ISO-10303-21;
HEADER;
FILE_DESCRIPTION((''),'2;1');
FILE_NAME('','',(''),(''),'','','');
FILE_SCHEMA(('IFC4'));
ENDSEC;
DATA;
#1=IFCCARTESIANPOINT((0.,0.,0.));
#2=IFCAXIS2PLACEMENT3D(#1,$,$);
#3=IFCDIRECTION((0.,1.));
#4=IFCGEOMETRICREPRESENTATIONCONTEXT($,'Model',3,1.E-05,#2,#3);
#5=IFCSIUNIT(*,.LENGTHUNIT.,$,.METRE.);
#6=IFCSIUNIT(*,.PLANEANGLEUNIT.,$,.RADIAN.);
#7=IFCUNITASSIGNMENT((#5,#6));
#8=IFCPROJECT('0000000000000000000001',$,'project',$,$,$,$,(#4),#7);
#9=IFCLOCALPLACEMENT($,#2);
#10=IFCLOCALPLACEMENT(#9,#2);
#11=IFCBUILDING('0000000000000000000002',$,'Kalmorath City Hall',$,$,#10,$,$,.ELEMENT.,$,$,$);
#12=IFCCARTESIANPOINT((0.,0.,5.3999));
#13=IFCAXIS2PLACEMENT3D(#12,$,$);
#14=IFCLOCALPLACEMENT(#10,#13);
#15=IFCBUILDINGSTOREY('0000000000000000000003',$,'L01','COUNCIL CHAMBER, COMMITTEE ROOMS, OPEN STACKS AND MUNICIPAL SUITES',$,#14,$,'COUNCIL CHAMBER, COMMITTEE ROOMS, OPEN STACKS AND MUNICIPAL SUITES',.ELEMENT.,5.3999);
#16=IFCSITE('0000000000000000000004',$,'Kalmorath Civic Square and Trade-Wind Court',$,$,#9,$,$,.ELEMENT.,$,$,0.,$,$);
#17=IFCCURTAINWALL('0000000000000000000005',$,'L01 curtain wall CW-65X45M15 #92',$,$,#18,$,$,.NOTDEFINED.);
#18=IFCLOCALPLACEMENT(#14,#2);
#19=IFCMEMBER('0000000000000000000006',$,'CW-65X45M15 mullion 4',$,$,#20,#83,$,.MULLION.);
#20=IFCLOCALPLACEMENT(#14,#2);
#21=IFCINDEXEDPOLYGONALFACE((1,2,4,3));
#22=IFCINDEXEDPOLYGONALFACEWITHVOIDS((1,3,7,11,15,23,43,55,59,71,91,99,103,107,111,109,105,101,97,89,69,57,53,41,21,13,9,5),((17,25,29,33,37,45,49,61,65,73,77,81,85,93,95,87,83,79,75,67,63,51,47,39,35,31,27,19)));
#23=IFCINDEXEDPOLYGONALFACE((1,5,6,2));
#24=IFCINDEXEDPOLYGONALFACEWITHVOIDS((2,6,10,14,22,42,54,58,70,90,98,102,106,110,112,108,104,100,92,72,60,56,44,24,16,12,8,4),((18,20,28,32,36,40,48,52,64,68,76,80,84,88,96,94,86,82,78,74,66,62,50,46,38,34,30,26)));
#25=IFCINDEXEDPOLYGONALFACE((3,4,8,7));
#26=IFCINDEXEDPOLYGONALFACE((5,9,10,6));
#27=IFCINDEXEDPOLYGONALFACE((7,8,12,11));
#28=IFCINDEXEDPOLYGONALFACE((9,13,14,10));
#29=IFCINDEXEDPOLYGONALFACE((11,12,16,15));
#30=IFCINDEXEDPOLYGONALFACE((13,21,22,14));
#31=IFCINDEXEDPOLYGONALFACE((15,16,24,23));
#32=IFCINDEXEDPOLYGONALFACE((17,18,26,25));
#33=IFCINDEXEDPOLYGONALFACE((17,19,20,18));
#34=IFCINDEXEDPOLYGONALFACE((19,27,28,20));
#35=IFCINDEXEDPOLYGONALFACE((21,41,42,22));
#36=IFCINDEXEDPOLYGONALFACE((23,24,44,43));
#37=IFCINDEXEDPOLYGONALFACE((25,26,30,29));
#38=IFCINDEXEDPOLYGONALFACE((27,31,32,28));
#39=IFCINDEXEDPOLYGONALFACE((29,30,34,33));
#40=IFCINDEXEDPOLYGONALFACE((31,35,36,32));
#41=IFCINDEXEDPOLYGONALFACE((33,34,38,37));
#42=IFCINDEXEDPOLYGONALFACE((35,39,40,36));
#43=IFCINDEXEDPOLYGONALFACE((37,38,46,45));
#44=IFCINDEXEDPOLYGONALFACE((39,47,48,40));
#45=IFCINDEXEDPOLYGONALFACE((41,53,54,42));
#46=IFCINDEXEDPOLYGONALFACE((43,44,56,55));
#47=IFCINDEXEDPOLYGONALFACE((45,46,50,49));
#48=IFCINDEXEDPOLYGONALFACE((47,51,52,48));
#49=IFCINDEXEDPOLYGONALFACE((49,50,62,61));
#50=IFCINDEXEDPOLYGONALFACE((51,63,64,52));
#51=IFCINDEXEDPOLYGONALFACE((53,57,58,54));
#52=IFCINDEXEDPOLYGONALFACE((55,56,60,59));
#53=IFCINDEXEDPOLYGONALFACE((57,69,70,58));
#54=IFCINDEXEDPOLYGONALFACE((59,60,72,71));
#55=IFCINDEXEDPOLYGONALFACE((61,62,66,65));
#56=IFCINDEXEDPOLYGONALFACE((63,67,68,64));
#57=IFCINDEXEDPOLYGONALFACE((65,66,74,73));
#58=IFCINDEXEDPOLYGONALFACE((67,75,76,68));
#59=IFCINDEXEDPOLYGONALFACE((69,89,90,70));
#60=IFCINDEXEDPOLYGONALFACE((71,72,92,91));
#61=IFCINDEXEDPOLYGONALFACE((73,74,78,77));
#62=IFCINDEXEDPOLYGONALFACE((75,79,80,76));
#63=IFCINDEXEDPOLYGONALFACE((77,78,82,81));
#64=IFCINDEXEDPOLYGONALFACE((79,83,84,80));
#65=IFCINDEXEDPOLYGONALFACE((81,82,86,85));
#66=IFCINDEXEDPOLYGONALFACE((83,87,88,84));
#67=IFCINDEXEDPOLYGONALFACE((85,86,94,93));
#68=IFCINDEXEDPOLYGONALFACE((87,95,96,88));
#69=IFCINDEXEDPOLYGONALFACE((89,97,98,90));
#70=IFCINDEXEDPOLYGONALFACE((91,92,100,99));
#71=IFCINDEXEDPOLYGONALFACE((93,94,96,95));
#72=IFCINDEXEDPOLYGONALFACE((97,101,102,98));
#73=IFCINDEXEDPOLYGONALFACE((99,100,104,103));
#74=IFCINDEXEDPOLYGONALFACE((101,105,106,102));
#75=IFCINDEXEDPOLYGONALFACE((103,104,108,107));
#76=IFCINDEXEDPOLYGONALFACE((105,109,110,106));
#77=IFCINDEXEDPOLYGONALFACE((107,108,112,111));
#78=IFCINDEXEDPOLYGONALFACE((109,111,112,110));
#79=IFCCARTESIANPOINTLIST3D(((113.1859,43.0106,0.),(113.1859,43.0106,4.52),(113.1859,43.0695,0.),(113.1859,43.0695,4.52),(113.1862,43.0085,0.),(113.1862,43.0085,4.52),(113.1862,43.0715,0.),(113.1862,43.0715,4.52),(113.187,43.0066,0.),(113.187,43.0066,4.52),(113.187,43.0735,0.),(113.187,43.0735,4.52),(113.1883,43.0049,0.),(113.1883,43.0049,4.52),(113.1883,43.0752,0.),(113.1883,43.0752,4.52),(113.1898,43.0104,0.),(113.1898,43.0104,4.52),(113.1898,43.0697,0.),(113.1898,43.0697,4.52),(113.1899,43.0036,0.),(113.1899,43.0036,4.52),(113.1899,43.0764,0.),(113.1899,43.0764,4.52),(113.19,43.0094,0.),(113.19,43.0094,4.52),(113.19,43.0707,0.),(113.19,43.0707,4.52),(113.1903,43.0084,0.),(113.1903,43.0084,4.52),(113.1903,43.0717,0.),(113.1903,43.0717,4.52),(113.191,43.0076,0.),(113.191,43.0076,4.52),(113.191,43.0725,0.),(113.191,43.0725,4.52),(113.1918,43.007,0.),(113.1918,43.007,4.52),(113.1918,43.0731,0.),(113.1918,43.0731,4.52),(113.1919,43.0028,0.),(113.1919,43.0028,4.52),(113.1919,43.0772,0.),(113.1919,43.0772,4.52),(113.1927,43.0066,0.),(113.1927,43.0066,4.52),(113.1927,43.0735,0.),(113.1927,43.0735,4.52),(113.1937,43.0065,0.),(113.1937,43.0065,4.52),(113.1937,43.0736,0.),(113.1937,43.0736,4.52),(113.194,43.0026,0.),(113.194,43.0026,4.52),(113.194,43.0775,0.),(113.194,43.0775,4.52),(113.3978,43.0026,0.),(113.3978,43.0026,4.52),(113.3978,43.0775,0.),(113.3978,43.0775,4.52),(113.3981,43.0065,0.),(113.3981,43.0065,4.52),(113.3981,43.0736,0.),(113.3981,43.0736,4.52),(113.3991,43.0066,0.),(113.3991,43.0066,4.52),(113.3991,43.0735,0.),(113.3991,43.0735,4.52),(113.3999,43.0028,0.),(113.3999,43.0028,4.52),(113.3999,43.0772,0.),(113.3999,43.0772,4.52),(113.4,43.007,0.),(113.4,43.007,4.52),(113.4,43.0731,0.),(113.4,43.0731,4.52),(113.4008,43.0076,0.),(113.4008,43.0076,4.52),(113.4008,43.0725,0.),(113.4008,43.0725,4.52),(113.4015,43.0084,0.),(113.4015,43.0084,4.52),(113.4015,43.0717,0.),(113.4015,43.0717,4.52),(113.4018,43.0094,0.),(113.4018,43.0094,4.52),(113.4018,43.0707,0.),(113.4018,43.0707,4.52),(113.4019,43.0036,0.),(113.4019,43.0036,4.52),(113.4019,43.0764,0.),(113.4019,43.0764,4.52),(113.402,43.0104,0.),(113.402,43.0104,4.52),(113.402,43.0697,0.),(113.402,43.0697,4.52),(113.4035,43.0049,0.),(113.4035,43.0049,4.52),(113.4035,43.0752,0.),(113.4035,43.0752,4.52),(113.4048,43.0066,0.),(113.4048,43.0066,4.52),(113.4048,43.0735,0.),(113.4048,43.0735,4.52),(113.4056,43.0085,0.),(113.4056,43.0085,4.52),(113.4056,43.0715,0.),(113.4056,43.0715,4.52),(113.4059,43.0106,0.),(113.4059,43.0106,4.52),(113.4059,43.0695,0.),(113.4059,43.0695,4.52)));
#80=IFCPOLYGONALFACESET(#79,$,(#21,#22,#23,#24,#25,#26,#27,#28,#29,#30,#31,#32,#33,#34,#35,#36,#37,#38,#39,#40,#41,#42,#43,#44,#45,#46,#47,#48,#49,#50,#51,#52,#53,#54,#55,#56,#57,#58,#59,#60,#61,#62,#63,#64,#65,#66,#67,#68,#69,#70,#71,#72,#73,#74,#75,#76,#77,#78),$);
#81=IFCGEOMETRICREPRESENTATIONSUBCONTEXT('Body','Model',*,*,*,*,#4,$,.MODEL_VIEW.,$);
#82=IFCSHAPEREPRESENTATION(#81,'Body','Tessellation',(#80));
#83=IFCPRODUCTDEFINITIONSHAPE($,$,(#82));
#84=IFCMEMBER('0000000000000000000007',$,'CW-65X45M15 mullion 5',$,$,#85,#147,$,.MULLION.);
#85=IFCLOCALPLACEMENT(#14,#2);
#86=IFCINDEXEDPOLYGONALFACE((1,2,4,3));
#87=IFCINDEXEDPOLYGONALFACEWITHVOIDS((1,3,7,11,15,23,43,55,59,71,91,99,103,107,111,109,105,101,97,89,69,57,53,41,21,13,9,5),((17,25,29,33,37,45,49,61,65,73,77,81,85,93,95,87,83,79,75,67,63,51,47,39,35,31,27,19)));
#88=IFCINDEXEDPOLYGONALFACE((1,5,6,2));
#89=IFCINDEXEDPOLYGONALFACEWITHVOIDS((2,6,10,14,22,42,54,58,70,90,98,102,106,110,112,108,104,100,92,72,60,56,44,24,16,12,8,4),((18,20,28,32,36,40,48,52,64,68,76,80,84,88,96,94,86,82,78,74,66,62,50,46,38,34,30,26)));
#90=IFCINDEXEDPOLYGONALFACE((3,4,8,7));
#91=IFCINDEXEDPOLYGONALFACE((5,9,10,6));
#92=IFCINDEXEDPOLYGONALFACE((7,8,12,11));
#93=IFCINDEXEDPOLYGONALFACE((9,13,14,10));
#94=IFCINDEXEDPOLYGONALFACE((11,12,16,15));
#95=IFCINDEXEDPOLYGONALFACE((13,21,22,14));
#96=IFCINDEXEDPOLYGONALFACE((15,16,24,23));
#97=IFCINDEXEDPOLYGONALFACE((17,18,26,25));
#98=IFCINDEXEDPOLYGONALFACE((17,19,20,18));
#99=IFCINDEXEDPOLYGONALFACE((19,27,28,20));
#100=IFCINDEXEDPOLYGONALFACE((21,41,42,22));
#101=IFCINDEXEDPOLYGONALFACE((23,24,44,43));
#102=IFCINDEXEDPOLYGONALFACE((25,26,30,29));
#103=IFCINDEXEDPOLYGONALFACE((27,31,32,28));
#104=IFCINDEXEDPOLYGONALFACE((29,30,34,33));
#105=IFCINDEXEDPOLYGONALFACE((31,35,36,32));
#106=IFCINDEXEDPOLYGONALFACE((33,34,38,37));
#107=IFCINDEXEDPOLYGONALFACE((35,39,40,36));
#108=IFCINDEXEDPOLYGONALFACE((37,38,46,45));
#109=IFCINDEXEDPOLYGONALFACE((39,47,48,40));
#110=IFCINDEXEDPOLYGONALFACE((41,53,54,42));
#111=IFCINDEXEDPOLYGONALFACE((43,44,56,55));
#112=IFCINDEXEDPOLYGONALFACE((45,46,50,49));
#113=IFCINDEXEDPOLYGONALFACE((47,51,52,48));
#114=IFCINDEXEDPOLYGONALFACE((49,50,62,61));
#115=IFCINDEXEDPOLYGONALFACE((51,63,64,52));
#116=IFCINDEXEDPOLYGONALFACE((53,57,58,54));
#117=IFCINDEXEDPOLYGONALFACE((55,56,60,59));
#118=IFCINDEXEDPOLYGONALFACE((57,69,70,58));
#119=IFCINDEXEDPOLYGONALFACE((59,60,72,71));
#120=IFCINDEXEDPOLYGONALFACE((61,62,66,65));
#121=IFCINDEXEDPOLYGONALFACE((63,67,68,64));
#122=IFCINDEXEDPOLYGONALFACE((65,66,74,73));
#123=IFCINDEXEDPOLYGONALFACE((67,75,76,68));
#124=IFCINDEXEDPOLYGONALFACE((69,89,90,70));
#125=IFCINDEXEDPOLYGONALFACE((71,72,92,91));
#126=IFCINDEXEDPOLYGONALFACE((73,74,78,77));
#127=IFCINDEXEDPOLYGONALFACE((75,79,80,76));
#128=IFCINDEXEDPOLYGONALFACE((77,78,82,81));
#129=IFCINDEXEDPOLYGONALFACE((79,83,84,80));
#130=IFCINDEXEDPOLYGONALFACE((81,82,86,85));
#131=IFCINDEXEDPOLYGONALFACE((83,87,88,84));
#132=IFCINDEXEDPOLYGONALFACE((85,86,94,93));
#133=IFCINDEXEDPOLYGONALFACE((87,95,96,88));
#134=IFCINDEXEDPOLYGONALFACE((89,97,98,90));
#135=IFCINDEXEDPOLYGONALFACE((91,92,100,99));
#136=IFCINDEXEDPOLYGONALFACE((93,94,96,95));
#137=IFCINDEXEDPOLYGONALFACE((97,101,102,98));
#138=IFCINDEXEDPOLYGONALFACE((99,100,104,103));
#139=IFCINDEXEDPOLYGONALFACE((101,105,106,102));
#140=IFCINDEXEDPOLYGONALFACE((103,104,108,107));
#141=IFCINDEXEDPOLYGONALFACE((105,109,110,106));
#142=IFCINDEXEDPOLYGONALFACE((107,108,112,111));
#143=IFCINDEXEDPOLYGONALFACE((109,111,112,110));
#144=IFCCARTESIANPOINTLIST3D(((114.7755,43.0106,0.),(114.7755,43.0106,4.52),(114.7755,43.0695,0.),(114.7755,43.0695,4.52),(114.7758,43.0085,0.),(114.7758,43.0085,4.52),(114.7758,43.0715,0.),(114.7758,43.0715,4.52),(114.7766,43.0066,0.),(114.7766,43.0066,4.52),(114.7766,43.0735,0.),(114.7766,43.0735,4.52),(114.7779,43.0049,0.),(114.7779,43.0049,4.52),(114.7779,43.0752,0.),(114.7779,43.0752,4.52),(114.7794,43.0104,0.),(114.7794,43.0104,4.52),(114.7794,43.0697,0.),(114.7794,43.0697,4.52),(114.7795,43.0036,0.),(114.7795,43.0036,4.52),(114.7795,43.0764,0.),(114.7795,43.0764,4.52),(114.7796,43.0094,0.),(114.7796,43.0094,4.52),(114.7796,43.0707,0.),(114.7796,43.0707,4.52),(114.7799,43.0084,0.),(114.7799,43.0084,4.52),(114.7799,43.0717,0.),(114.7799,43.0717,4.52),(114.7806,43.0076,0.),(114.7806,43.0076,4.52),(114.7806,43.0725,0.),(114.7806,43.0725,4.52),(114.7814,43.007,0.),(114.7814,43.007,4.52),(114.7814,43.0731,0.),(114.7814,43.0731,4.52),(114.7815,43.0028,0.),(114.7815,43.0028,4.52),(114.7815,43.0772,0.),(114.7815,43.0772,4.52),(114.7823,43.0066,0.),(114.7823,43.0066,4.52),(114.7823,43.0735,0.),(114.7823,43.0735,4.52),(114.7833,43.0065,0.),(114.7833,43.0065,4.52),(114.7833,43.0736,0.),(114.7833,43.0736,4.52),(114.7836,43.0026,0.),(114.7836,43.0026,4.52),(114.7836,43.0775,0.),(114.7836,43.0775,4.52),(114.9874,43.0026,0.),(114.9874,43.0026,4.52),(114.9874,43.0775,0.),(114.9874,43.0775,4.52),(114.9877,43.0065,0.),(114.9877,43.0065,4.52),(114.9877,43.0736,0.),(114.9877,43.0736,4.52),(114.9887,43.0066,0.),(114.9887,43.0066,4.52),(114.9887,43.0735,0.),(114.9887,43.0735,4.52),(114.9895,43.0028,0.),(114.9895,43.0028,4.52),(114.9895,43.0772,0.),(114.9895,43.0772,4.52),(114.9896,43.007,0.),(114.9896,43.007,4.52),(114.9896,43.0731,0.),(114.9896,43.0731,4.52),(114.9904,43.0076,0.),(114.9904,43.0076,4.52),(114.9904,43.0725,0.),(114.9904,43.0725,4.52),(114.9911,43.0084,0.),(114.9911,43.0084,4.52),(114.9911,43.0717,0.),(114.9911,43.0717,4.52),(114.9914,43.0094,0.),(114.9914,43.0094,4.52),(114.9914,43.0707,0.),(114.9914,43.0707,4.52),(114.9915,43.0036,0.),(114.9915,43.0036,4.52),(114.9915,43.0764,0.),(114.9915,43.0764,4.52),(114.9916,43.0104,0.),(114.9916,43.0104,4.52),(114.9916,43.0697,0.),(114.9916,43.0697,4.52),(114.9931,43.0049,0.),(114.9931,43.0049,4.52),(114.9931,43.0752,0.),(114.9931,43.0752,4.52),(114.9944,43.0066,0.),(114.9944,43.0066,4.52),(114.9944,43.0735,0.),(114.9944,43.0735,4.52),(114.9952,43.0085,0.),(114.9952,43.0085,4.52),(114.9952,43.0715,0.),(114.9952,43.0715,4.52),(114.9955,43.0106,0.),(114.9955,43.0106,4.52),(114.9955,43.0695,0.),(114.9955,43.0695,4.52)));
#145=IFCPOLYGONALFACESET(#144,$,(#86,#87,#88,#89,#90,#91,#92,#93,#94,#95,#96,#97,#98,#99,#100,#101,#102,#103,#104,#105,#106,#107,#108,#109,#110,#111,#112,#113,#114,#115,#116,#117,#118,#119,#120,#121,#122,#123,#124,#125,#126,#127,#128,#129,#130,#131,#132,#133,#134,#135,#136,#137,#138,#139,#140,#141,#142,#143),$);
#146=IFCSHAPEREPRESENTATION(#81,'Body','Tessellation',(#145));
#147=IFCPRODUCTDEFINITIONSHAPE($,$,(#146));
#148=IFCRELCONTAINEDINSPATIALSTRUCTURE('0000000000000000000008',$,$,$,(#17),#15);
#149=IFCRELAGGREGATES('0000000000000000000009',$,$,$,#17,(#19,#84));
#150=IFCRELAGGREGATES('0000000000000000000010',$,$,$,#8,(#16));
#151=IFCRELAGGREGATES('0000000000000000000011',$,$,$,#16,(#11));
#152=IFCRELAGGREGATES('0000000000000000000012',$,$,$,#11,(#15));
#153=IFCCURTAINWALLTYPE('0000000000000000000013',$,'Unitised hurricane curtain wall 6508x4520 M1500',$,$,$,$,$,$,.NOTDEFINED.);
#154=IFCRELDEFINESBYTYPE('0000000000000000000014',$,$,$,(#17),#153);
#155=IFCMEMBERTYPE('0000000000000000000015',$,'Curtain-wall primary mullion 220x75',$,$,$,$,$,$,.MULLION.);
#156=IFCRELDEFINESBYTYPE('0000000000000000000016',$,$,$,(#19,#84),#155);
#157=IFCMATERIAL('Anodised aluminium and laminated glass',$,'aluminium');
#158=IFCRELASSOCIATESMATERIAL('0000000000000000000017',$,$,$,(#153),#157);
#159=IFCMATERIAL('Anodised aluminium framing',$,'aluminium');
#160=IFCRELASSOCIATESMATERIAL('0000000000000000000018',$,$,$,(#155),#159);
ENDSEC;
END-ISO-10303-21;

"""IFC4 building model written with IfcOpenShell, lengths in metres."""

from ifc_helpers import new_model, si_unit, direction, frame, origin, origin_2d, place, context, subcontext, project, spatial, hollow_rectangle, extrude, material, material_profile, profile_set, type_object, element, aggregate, save


model = new_model("IFC4")

# Units and contexts
model_context = context("Model", 3, precision=1e-05, world=origin(), true_north=direction((0.0, 1.0)))
body_context = subcontext(model_context, "Body", "Model", "MODEL_VIEW")
ifc_project = project(units=[si_unit("LENGTHUNIT", "METRE"), si_unit("PLANEANGLEUNIT", "RADIAN")], contexts=[model_context])

# Site, building, storey
site_placement = place(None, origin())
site = spatial("IfcSite", under=ifc_project, at=site_placement, Name="Kalmorath Civic Square and Trade-Wind Court", CompositionType="ELEMENT", RefElevation=0.0)
building_placement = place(site_placement, origin())
building = spatial("IfcBuilding", under=site, at=building_placement, Name="Kalmorath City Hall", CompositionType="ELEMENT")
storey_placement = place(building_placement, frame((0.0, 0.0, 5.3999)))
storey = spatial("IfcBuildingStorey", under=building, at=storey_placement, Name="L01", Description="COUNCIL CHAMBER, COMMITTEE ROOMS, OPEN STACKS AND MUNICIPAL SUITES", LongName="COUNCIL CHAMBER, COMMITTEE ROOMS, OPEN STACKS AND MUNICIPAL SUITES", CompositionType="ELEMENT", Elevation=5.3999)

# Curtain wall, members
ifc_material_1 = material(Name="Anodised aluminium and laminated glass", Category="aluminium")
curtain_wall_type = type_object("IfcCurtainWallType", Name="Unitised hurricane curtain wall 6508x4520 M1500", PredefinedType="NOTDEFINED", material=ifc_material_1)
curtain_wall_placement = place(storey_placement, origin())
curtain_wall = element("IfcCurtainWall", 1, at=curtain_wall_placement, inside=storey, type_object=curtain_wall_type, Name="L01 curtain wall CW-65X45M15 #92", PredefinedType="NOTDEFINED")
ifc_material_2 = material(Name="Anodised aluminium framing", Category="aluminium")
ifc_material_profile_1 = material_profile(ifc_material_2, hollow_rectangle(XDim=0.075, YDim=0.22, WallThickness=0.0039, InnerFilletRadius=0.0039, OuterFilletRadius=0.0081, at=origin_2d()), Name="ALU-MUL-220X75X4")
ifc_profile_set_1 = profile_set([ifc_material_profile_1], Name="Anodised aluminium framing")
member_type_1 = type_object("IfcMemberType", Name="Curtain-wall primary mullion 220x75", PredefinedType="MULLION", material=ifc_profile_set_1)
member_1_placement = place(storey_placement, frame((113.2959, 43.04, 0.0), z_axis=(0.0, 0.0, 1.0), x_axis=(0.0, 1.0, 0.0)))
member_1 = element("IfcMember", 2, at=member_1_placement, type_object=member_type_1, Name="CW-65X45M15 mullion 4", PredefinedType="MULLION", context=body_context, shape_type="SweptSolid", body=[
    extrude(hollow_rectangle(XDim=0.075, YDim=0.22, WallThickness=0.0039, InnerFilletRadius=0.0039, OuterFilletRadius=0.0081, at=origin_2d()), origin(), (0.0, 0.0, 1.0), 4.52),
])
member_2_placement = place(storey_placement, frame((114.8855, 43.04, 0.0), z_axis=(0.0, 0.0, 1.0), x_axis=(0.0, 1.0, 0.0)))
member_2 = element("IfcMember", 3, at=member_2_placement, type_object=member_type_1, Name="CW-65X45M15 mullion 5", PredefinedType="MULLION", context=body_context, shape_type="SweptSolid", body=[
    extrude(hollow_rectangle(XDim=0.075, YDim=0.22, WallThickness=0.0039, InnerFilletRadius=0.0039, OuterFilletRadius=0.0081, at=origin_2d()), origin(), (0.0, 0.0, 1.0), 4.52),
])
aggregate(curtain_wall, [member_1, member_2])

save(model, "model.ifc")
